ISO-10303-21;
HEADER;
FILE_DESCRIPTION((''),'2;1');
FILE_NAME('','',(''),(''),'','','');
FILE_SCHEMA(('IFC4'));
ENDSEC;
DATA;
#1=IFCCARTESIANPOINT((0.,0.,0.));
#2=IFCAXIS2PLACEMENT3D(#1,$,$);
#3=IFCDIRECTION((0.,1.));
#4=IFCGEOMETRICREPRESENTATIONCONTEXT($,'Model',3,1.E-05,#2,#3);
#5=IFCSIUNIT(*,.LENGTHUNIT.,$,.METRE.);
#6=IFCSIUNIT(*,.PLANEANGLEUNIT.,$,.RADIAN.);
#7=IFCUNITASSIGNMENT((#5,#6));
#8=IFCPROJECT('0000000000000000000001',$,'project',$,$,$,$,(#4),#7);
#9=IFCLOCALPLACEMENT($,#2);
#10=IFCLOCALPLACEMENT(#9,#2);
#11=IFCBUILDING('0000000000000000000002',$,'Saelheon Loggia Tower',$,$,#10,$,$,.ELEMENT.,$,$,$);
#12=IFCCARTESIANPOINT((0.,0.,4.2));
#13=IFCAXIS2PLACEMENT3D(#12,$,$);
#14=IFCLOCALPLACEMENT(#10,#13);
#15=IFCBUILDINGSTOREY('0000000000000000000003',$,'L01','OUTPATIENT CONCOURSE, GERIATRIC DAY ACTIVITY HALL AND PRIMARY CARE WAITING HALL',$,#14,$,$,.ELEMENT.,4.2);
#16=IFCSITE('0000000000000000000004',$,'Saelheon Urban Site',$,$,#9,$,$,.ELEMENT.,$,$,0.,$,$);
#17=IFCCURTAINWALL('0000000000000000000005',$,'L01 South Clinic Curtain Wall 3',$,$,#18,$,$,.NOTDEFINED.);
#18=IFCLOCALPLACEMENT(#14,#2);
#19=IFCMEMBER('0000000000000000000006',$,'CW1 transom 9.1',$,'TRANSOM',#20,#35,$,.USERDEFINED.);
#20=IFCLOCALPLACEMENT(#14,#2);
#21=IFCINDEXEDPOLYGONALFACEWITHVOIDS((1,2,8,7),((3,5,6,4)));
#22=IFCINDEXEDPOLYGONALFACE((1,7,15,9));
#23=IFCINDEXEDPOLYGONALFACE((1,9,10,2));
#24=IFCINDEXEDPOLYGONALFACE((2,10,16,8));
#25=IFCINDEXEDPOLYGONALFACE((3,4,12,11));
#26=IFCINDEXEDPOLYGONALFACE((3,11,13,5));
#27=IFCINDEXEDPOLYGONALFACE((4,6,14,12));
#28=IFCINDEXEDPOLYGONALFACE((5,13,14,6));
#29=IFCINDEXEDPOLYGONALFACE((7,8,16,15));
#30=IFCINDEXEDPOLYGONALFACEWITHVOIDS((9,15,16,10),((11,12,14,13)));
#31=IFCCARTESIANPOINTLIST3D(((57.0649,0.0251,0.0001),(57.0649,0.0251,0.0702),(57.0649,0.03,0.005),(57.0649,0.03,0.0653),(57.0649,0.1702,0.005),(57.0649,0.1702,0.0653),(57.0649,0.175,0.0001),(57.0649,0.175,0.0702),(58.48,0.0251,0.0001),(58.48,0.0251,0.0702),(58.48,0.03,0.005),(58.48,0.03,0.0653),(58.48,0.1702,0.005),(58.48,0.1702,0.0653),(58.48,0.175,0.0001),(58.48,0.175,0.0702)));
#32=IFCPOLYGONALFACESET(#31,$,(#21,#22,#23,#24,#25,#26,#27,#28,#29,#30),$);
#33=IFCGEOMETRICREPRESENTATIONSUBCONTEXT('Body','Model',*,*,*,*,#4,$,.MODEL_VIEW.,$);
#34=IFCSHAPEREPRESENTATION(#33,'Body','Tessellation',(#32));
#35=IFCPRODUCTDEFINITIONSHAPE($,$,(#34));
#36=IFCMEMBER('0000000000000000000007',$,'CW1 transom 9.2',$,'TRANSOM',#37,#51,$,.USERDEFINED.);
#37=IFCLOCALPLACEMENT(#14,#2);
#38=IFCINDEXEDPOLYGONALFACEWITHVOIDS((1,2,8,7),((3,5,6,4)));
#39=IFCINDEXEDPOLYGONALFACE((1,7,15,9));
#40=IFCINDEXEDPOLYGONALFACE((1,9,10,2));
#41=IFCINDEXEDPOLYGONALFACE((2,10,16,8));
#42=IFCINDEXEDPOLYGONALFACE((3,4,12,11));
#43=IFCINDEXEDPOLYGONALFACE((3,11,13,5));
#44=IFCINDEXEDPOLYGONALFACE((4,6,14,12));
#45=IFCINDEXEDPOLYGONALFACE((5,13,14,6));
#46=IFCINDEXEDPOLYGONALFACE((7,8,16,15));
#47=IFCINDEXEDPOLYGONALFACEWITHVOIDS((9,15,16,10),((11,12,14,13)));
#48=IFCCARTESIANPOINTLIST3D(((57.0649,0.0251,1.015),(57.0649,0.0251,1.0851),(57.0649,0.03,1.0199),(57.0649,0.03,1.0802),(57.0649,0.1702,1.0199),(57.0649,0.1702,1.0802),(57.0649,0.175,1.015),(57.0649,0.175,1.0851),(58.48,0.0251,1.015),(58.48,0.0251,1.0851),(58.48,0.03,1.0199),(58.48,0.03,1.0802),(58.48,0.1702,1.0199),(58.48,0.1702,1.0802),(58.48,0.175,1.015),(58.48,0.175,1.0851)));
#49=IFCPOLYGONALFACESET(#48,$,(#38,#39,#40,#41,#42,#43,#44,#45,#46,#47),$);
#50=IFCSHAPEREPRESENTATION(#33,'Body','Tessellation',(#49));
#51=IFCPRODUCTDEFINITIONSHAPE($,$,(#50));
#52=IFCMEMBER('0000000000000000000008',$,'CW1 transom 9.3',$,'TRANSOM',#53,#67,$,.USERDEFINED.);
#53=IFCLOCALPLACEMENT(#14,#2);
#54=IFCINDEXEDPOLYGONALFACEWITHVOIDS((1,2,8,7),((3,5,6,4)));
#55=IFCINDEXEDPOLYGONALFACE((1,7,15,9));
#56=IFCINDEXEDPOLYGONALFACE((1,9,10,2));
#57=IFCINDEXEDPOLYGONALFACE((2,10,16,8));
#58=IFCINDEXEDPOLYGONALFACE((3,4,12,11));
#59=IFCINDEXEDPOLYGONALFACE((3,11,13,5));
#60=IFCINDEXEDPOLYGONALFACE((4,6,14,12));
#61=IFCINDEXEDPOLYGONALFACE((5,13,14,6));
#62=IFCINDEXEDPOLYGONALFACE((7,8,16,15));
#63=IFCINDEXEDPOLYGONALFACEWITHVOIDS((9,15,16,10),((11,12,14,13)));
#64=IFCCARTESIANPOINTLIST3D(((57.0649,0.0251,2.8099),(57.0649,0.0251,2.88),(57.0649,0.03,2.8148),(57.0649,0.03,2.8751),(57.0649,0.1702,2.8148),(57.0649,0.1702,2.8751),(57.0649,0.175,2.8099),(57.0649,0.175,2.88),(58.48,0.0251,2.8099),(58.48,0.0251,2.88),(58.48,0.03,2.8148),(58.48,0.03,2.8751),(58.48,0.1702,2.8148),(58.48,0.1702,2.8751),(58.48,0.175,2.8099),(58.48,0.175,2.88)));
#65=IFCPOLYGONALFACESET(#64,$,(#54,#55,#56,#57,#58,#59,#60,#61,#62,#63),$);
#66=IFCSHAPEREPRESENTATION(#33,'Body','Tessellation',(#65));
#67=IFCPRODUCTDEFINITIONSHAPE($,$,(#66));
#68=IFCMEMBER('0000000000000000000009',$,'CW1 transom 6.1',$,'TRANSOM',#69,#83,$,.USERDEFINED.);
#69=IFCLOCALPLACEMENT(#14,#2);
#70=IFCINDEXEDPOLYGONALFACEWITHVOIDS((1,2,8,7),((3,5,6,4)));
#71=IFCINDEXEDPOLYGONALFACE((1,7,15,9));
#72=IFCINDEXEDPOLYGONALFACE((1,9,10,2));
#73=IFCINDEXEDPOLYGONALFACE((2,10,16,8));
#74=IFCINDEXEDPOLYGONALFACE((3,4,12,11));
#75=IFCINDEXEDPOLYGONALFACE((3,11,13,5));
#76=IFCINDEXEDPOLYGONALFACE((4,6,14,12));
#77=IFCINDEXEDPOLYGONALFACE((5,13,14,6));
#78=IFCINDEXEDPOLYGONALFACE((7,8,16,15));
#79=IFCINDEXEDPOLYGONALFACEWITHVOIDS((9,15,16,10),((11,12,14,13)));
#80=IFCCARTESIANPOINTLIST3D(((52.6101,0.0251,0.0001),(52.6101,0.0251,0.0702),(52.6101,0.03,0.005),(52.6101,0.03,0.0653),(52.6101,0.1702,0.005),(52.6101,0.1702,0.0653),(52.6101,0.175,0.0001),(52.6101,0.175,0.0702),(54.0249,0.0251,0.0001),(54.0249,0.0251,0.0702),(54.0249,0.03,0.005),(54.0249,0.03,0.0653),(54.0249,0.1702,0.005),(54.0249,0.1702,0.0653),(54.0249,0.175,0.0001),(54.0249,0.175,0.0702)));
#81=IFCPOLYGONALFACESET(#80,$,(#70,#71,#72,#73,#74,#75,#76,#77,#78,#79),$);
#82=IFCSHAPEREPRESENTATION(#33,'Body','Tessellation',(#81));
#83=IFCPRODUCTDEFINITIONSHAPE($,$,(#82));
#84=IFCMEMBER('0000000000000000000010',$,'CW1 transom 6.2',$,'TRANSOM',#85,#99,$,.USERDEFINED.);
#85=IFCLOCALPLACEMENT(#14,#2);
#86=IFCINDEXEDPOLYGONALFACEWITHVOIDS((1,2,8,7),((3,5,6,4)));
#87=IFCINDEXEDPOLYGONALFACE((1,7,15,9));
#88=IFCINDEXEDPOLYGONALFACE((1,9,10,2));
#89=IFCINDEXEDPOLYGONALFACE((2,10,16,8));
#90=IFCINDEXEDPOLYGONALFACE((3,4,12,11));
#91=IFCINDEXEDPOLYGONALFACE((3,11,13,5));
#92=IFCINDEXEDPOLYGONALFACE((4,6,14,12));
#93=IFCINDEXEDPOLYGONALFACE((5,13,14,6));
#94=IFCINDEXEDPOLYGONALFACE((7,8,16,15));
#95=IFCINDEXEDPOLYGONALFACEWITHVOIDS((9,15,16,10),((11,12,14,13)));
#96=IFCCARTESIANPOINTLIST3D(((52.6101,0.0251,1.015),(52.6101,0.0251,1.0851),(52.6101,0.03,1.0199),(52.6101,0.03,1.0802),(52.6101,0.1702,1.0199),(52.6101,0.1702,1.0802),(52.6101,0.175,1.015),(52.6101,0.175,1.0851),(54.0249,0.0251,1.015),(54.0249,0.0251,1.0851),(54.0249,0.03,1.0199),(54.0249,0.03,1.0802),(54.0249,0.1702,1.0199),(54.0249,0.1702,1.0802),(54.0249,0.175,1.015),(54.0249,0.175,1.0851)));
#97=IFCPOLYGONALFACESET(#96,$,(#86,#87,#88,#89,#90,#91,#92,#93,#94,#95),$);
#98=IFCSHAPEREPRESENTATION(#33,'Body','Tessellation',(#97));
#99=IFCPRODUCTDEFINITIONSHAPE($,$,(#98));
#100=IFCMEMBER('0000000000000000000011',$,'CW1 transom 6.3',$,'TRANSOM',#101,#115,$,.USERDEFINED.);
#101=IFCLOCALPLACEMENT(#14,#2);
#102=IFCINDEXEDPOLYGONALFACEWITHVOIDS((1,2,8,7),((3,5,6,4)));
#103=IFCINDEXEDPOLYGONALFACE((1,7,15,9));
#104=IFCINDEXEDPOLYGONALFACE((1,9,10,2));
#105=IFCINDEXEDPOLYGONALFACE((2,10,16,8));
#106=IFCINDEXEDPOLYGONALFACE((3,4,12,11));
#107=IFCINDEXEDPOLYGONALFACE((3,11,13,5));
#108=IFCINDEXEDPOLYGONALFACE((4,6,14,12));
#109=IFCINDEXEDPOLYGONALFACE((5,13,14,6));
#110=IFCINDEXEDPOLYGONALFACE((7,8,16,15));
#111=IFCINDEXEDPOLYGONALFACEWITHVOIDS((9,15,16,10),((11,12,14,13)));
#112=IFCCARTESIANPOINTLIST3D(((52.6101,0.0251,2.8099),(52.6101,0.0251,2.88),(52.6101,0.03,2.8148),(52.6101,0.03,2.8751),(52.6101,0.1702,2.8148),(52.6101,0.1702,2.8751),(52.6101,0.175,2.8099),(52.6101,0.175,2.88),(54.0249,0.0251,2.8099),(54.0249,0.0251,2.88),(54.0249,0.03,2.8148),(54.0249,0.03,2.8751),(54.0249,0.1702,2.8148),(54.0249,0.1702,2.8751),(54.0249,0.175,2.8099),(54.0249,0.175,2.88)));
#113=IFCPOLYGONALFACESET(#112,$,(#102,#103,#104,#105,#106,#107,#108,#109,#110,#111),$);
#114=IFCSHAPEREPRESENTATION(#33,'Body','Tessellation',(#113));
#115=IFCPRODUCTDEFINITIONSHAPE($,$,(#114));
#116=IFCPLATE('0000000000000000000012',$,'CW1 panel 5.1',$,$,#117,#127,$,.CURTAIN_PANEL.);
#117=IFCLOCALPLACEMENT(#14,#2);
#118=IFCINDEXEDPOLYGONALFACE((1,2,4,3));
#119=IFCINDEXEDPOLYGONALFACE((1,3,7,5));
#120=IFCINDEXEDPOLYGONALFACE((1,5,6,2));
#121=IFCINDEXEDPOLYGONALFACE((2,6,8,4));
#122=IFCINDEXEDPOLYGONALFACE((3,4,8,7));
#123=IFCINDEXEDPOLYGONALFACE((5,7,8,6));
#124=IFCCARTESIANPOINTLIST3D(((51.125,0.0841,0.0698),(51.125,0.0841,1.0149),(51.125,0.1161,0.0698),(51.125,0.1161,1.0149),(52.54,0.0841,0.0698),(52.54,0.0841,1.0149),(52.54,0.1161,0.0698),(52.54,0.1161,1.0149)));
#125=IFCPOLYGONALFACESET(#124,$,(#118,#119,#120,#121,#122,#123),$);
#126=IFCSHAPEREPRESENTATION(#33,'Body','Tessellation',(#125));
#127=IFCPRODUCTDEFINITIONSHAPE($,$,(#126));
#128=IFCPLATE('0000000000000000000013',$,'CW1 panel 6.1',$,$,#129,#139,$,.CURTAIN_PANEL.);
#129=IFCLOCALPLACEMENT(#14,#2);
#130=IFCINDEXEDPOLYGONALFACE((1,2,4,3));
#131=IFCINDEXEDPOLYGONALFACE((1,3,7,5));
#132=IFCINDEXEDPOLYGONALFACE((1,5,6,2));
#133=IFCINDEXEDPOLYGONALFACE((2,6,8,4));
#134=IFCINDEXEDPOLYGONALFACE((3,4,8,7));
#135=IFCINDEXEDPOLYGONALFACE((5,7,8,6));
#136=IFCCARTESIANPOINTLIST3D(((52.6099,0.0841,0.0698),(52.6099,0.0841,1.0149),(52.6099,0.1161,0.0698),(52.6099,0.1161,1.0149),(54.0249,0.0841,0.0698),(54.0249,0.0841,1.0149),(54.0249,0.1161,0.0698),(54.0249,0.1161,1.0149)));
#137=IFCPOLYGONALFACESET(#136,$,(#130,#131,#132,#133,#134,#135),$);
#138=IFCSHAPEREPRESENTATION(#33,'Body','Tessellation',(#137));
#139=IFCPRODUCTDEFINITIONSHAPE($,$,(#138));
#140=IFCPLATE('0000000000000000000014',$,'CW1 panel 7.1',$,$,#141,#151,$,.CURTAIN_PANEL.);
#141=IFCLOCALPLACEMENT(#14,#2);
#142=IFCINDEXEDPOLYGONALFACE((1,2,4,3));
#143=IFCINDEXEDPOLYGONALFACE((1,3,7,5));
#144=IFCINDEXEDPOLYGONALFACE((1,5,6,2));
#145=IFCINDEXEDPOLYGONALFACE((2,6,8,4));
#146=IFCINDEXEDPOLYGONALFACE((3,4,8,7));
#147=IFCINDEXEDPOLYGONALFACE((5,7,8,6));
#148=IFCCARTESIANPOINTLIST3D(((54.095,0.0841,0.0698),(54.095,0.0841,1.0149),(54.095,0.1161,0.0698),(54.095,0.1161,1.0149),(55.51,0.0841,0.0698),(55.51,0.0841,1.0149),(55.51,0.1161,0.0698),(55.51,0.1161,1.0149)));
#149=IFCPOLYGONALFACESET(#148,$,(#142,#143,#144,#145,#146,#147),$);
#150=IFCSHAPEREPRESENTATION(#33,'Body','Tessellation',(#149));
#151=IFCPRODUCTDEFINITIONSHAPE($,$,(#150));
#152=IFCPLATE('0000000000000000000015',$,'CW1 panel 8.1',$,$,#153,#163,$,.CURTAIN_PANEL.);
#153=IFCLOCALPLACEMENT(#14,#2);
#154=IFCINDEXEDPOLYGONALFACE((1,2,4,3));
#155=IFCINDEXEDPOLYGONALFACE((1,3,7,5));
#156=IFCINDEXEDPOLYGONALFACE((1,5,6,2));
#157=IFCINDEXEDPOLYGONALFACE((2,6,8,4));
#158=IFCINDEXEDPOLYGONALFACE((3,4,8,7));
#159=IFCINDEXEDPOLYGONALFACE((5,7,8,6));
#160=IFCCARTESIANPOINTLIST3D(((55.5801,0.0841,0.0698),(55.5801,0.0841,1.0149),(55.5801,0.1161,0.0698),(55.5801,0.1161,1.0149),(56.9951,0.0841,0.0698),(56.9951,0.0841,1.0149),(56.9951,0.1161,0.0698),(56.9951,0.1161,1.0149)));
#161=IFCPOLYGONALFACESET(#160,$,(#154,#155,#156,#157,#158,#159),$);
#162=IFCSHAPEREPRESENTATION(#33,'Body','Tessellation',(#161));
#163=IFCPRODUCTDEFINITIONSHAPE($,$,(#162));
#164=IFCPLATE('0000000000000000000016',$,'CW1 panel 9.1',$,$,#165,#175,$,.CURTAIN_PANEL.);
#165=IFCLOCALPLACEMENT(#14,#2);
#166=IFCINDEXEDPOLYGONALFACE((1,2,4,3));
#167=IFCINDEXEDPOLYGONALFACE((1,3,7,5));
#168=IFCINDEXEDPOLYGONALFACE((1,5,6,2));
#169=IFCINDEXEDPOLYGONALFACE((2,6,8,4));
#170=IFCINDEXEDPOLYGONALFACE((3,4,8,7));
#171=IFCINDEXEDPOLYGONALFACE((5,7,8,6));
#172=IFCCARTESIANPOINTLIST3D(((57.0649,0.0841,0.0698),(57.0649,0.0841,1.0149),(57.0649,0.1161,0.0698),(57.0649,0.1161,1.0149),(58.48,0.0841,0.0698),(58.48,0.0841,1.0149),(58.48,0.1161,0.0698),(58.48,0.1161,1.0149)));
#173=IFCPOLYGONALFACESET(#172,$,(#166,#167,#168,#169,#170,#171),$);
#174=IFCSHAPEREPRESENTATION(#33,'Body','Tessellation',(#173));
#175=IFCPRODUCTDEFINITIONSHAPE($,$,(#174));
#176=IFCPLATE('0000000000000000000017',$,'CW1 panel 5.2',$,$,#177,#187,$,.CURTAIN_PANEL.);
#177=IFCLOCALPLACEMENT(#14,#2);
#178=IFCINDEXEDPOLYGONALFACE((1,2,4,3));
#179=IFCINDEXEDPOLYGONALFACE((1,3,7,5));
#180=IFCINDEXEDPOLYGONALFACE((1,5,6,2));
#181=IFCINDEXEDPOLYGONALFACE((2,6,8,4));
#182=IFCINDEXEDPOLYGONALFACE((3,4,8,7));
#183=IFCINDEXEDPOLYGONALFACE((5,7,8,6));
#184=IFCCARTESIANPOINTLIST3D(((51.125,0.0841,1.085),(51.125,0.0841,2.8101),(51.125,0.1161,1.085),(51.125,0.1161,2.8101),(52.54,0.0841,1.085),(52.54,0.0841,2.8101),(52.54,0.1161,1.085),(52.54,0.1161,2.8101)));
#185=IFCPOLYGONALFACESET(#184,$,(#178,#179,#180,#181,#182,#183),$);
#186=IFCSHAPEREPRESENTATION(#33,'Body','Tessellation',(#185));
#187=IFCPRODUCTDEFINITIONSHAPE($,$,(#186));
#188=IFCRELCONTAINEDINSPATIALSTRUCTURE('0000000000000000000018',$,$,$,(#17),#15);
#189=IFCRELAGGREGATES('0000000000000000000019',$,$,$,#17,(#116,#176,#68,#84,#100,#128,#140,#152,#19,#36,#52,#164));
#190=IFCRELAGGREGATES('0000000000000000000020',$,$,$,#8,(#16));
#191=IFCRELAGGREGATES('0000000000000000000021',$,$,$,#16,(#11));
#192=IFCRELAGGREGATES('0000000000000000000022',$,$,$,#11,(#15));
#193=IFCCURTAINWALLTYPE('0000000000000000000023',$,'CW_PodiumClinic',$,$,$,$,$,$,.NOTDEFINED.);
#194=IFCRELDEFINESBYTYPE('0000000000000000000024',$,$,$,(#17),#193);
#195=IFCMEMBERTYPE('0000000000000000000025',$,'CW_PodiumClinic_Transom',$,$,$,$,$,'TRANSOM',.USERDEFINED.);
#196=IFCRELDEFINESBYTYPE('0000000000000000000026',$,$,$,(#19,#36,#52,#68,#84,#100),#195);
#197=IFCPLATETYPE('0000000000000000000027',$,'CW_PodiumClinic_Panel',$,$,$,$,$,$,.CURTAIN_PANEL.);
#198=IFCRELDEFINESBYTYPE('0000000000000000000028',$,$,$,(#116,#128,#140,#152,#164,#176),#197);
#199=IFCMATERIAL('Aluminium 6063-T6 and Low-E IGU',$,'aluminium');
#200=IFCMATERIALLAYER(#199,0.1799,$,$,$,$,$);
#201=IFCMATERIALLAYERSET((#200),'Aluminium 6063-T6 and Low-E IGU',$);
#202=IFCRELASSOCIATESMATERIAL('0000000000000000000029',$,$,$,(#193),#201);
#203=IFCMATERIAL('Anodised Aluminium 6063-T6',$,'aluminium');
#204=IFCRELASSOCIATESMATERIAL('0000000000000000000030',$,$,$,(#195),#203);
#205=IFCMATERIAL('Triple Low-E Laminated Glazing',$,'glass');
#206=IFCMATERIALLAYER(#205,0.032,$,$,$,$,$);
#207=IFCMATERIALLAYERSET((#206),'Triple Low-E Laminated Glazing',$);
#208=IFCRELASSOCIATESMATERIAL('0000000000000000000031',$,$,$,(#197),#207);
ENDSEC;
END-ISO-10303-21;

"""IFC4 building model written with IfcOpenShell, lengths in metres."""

from ifc_helpers import new_model, si_unit, direction, frame, origin, origin_2d, place, context, subcontext, project, spatial, rectangle, hollow_rectangle, extrude, source, transform, mapped, material, layer, layer_set, material_profile, profile_set, type_object, element, aggregate, save


model = new_model("IFC4")

# Units and contexts
model_context = context("Model", 3, precision=1e-05, world=origin(), true_north=direction((0.0, 1.0)))
body_context = subcontext(model_context, "Body", "Model", "MODEL_VIEW")
ifc_project = project(units=[si_unit("LENGTHUNIT", "METRE"), si_unit("PLANEANGLEUNIT", "RADIAN")], contexts=[model_context])

# Site, building, storey
site_placement = place(None, origin())
site = spatial("IfcSite", under=ifc_project, at=site_placement, Name="Saelheon Urban Site", CompositionType="ELEMENT", RefElevation=0.0)
building_placement = place(site_placement, origin())
building = spatial("IfcBuilding", under=site, at=building_placement, Name="Saelheon Loggia Tower", CompositionType="ELEMENT")
storey_placement = place(building_placement, frame((0.0, 0.0, 4.2)))
storey = spatial("IfcBuildingStorey", under=building, at=storey_placement, Name="L01", Description="OUTPATIENT CONCOURSE, GERIATRIC DAY ACTIVITY HALL AND PRIMARY CARE WAITING HALL", CompositionType="ELEMENT", Elevation=4.2)

# Curtain wall, members, plates
ifc_material_1 = material(Name="Aluminium 6063-T6 and Low-E IGU", Category="aluminium")
ifc_layer_1 = layer(ifc_material_1, 0.1799)
ifc_layer_set_1 = layer_set([ifc_layer_1], Name="Aluminium 6063-T6 and Low-E IGU")
curtain_wall_type = type_object("IfcCurtainWallType", Name="CW_PodiumClinic", PredefinedType="NOTDEFINED", material=ifc_layer_set_1)
curtain_wall_placement = place(storey_placement, origin())
curtain_wall = element("IfcCurtainWall", 1, at=curtain_wall_placement, inside=storey, type_object=curtain_wall_type, Name="L01 South Clinic Curtain Wall 3", PredefinedType="NOTDEFINED")
ifc_material_2 = material(Name="Anodised Aluminium 6063-T6", Category="aluminium")
ifc_material_profile_1 = material_profile(ifc_material_2, hollow_rectangle(XDim=0.0701, YDim=0.1499, WallThickness=0.0049, at=origin_2d()), Name="RHS-150x70x5")
ifc_profile_set_1 = profile_set([ifc_material_profile_1], Name="Anodised Aluminium 6063-T6")
member_type_1 = type_object("IfcMemberType", Name="CW_PodiumClinic_Transom", ElementType="TRANSOM", PredefinedType="USERDEFINED", material=ifc_profile_set_1)
shared_shape_1 = source(origin(), body_context, "Body", "SweptSolid", [
    extrude(hollow_rectangle(XDim=0.0701, YDim=0.1499, WallThickness=0.0049, at=origin_2d()), origin(), (0.0, 0.0, 1.0), 1.415),
])
member_1_placement = place(storey_placement, frame((57.0649, 0.1001, 0.0352), z_axis=(1.0, 0.0, 0.0), x_axis=(0.0, 0.0, 1.0)))
member_1 = element("IfcMember", 2, at=member_1_placement, type_object=member_type_1, Name="CW1 transom 9.1", ObjectType="TRANSOM", PredefinedType="USERDEFINED", context=body_context, shape_type="MappedRepresentation", body=[
    mapped(shared_shape_1, transform((0.0, 0.0, 0.0), scale=1.0)),
])
member_2_placement = place(storey_placement, frame((57.0649, 0.1001, 1.05), z_axis=(1.0, 0.0, 0.0), x_axis=(0.0, 0.0, 1.0)))
member_2 = element("IfcMember", 3, at=member_2_placement, type_object=member_type_1, Name="CW1 transom 9.2", ObjectType="TRANSOM", PredefinedType="USERDEFINED", context=body_context, shape_type="MappedRepresentation", body=[
    mapped(shared_shape_1, transform((0.0, 0.0, 0.0), scale=1.0)),
])
member_3_placement = place(storey_placement, frame((57.0649, 0.1001, 2.845), z_axis=(1.0, 0.0, 0.0), x_axis=(0.0, 0.0, 1.0)))
member_3 = element("IfcMember", 4, at=member_3_placement, type_object=member_type_1, Name="CW1 transom 9.3", ObjectType="TRANSOM", PredefinedType="USERDEFINED", context=body_context, shape_type="MappedRepresentation", body=[
    mapped(shared_shape_1, transform((0.0, 0.0, 0.0), scale=1.0)),
])
shared_shape_2 = source(origin(), body_context, "Body", "SweptSolid", [
    extrude(hollow_rectangle(XDim=0.0701, YDim=0.1499, WallThickness=0.0049, at=origin_2d()), origin(), (0.0, 0.0, 1.0), 1.4148),
])
member_4_placement = place(storey_placement, frame((52.6101, 0.1001, 0.0352), z_axis=(1.0, 0.0, 0.0), x_axis=(0.0, 0.0, 1.0)))
member_4 = element("IfcMember", 5, at=member_4_placement, type_object=member_type_1, Name="CW1 transom 6.1", ObjectType="TRANSOM", PredefinedType="USERDEFINED", context=body_context, shape_type="MappedRepresentation", body=[
    mapped(shared_shape_2, transform((0.0, 0.0, 0.0), scale=1.0)),
])
member_5_placement = place(storey_placement, frame((52.6101, 0.1001, 1.05), z_axis=(1.0, 0.0, 0.0), x_axis=(0.0, 0.0, 1.0)))
member_5 = element("IfcMember", 6, at=member_5_placement, type_object=member_type_1, Name="CW1 transom 6.2", ObjectType="TRANSOM", PredefinedType="USERDEFINED", context=body_context, shape_type="MappedRepresentation", body=[
    mapped(shared_shape_2, transform((0.0, 0.0, 0.0), scale=1.0)),
])
member_6_placement = place(storey_placement, frame((52.6101, 0.1001, 2.845), z_axis=(1.0, 0.0, 0.0), x_axis=(0.0, 0.0, 1.0)))
member_6 = element("IfcMember", 7, at=member_6_placement, type_object=member_type_1, Name="CW1 transom 6.3", ObjectType="TRANSOM", PredefinedType="USERDEFINED", context=body_context, shape_type="MappedRepresentation", body=[
    mapped(shared_shape_2, transform((0.0, 0.0, 0.0), scale=1.0)),
])
ifc_material_3 = material(Name="Triple Low-E Laminated Glazing", Category="glass")
ifc_layer_2 = layer(ifc_material_3, 0.032)
ifc_layer_set_2 = layer_set([ifc_layer_2], Name="Triple Low-E Laminated Glazing")
plate_type = type_object("IfcPlateType", Name="CW_PodiumClinic_Panel", PredefinedType="CURTAIN_PANEL", material=ifc_layer_set_2)
shared_shape_3 = source(origin(), body_context, "Body", "SweptSolid", [
    extrude(rectangle(XDim=1.415, YDim=0.032, at=origin_2d()), origin(), (0.0, 0.0, 1.0), 0.9451),
])
plate_1_placement = place(storey_placement, frame((51.8325, 0.1001, 0.0698), z_axis=(0.0, 0.0, 1.0), x_axis=(1.0, 0.0, 0.0)))
plate_1 = element("IfcPlate", 8, at=plate_1_placement, type_object=plate_type, Name="CW1 panel 5.1", PredefinedType="CURTAIN_PANEL", context=body_context, shape_type="MappedRepresentation", body=[
    mapped(shared_shape_3, transform((0.0, 0.0, 0.0), scale=1.0)),
])
plate_2_placement = place(storey_placement, frame((53.3174, 0.1001, 0.0698), z_axis=(0.0, 0.0, 1.0), x_axis=(1.0, 0.0, 0.0)))
plate_2 = element("IfcPlate", 9, at=plate_2_placement, type_object=plate_type, Name="CW1 panel 6.1", PredefinedType="CURTAIN_PANEL", context=body_context, shape_type="MappedRepresentation", body=[
    mapped(shared_shape_3, transform((0.0, 0.0, 0.0), scale=1.0)),
])
plate_3_placement = place(storey_placement, frame((54.8025, 0.1001, 0.0698), z_axis=(0.0, 0.0, 1.0), x_axis=(1.0, 0.0, 0.0)))
plate_3 = element("IfcPlate", 10, at=plate_3_placement, type_object=plate_type, Name="CW1 panel 7.1", PredefinedType="CURTAIN_PANEL", context=body_context, shape_type="MappedRepresentation", body=[
    mapped(shared_shape_3, transform((0.0, 0.0, 0.0), scale=1.0)),
])
plate_4_placement = place(storey_placement, frame((56.2876, 0.1001, 0.0698), z_axis=(0.0, 0.0, 1.0), x_axis=(1.0, 0.0, 0.0)))
plate_4 = element("IfcPlate", 11, at=plate_4_placement, type_object=plate_type, Name="CW1 panel 8.1", PredefinedType="CURTAIN_PANEL", context=body_context, shape_type="MappedRepresentation", body=[
    mapped(shared_shape_3, transform((0.0, 0.0, 0.0), scale=1.0)),
])
plate_5_placement = place(storey_placement, frame((57.7725, 0.1001, 0.0698), z_axis=(0.0, 0.0, 1.0), x_axis=(1.0, 0.0, 0.0)))
plate_5 = element("IfcPlate", 12, at=plate_5_placement, type_object=plate_type, Name="CW1 panel 9.1", PredefinedType="CURTAIN_PANEL", context=body_context, shape_type="MappedRepresentation", body=[
    mapped(shared_shape_3, transform((0.0, 0.0, 0.0), scale=1.0)),
])
shared_shape_4 = source(origin(), body_context, "Body", "SweptSolid", [
    extrude(rectangle(XDim=1.415, YDim=0.032, at=origin_2d()), origin(), (0.0, 0.0, 1.0), 1.7251),
])
plate_6_placement = place(storey_placement, frame((51.8325, 0.1001, 1.085), z_axis=(0.0, 0.0, 1.0), x_axis=(1.0, 0.0, 0.0)))
plate_6 = element("IfcPlate", 13, at=plate_6_placement, type_object=plate_type, Name="CW1 panel 5.2", PredefinedType="CURTAIN_PANEL", context=body_context, shape_type="MappedRepresentation", body=[
    mapped(shared_shape_4, transform((0.0, 0.0, 0.0), scale=1.0)),
])
aggregate(curtain_wall, [plate_1, plate_6, member_4, member_5, member_6, plate_2, plate_3, plate_4, member_1, member_2, member_3, plate_5])

save(model, "model.ifc")
